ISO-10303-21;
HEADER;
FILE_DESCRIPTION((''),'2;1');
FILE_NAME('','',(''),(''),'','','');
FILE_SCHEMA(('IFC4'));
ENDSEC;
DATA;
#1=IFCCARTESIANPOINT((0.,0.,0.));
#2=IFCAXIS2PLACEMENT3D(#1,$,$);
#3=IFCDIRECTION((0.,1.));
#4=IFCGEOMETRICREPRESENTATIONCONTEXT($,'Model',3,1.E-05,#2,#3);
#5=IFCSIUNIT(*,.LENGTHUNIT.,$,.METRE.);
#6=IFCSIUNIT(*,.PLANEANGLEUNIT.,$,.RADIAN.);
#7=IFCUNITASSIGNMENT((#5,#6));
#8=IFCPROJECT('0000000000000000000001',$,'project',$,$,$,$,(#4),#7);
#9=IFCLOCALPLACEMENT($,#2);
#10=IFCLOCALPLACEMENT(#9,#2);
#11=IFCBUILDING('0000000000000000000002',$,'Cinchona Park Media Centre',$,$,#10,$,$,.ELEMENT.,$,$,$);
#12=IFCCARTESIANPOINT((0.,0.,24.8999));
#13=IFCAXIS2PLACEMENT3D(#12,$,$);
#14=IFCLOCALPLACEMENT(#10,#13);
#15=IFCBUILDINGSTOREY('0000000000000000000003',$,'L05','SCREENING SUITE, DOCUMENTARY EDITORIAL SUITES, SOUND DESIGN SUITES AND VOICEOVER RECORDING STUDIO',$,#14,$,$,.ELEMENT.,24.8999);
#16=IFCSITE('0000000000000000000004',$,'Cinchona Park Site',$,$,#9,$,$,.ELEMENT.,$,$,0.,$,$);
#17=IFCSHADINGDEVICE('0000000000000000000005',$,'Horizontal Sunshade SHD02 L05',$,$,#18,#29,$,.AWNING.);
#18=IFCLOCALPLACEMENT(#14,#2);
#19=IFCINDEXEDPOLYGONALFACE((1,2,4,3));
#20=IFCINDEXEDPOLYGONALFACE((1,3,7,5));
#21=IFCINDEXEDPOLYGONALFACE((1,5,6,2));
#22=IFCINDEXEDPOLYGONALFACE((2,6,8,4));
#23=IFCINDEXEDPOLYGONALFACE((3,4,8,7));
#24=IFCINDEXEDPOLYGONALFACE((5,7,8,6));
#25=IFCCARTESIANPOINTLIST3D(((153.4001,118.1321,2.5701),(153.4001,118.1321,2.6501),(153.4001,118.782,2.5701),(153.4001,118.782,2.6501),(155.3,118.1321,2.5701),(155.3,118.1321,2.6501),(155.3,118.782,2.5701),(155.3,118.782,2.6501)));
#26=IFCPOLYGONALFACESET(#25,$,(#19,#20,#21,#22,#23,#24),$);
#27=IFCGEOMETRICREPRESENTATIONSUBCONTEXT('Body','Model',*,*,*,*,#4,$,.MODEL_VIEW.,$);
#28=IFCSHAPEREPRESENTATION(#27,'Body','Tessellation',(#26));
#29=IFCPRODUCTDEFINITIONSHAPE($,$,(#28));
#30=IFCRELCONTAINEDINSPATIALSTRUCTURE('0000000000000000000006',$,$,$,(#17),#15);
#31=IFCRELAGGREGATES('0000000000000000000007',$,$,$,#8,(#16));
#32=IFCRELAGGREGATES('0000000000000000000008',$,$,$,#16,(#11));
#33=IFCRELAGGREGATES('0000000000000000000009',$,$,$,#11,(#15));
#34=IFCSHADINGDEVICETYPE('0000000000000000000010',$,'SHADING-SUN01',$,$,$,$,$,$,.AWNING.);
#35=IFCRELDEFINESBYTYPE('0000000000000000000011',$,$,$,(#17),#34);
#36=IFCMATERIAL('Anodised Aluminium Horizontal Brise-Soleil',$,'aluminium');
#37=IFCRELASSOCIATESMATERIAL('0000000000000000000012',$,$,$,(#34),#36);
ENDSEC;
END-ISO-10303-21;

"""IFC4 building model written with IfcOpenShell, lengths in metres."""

from ifc_helpers import new_model, si_unit, direction, frame, origin, origin_2d, place, context, subcontext, project, spatial, rectangle, extrude, material, type_object, element, save


model = new_model("IFC4")

# Units and contexts
model_context = context("Model", 3, precision=1e-05, world=origin(), true_north=direction((0.0, 1.0)))
body_context = subcontext(model_context, "Body", "Model", "MODEL_VIEW")
ifc_project = project(units=[si_unit("LENGTHUNIT", "METRE"), si_unit("PLANEANGLEUNIT", "RADIAN")], contexts=[model_context])

# Site, building, storey
site_placement = place(None, origin())
site = spatial("IfcSite", under=ifc_project, at=site_placement, Name="Cinchona Park Site", CompositionType="ELEMENT", RefElevation=0.0)
building_placement = place(site_placement, origin())
building = spatial("IfcBuilding", under=site, at=building_placement, Name="Cinchona Park Media Centre", CompositionType="ELEMENT")
storey_placement = place(building_placement, frame((0.0, 0.0, 24.8999)))
storey = spatial("IfcBuildingStorey", under=building, at=storey_placement, Name="L05", Description="SCREENING SUITE, DOCUMENTARY EDITORIAL SUITES, SOUND DESIGN SUITES AND VOICEOVER RECORDING STUDIO", CompositionType="ELEMENT", Elevation=24.8999)

# Shading device
ifc_material_1 = material(Name="Anodised Aluminium Horizontal Brise-Soleil", Category="aluminium")
shading_device_type = type_object("IfcShadingDeviceType", Name="SHADING-SUN01", PredefinedType="AWNING", material=ifc_material_1)
shading_device_placement = place(storey_placement, frame((154.3501, 118.457, 2.5701), z_axis=(0.0, 0.0, 1.0), x_axis=(1.0, 0.0, 0.0)))
element("IfcShadingDevice", 1, at=shading_device_placement, inside=storey, type_object=shading_device_type, Name="Horizontal Sunshade SHD02 L05", PredefinedType="AWNING", context=body_context, shape_type="SweptSolid", body=[
    extrude(rectangle(XDim=1.8999, YDim=0.6499, at=origin_2d()), origin(), (0.0, 0.0, 1.0), 0.0801),
])

save(model, "model.ifc")
